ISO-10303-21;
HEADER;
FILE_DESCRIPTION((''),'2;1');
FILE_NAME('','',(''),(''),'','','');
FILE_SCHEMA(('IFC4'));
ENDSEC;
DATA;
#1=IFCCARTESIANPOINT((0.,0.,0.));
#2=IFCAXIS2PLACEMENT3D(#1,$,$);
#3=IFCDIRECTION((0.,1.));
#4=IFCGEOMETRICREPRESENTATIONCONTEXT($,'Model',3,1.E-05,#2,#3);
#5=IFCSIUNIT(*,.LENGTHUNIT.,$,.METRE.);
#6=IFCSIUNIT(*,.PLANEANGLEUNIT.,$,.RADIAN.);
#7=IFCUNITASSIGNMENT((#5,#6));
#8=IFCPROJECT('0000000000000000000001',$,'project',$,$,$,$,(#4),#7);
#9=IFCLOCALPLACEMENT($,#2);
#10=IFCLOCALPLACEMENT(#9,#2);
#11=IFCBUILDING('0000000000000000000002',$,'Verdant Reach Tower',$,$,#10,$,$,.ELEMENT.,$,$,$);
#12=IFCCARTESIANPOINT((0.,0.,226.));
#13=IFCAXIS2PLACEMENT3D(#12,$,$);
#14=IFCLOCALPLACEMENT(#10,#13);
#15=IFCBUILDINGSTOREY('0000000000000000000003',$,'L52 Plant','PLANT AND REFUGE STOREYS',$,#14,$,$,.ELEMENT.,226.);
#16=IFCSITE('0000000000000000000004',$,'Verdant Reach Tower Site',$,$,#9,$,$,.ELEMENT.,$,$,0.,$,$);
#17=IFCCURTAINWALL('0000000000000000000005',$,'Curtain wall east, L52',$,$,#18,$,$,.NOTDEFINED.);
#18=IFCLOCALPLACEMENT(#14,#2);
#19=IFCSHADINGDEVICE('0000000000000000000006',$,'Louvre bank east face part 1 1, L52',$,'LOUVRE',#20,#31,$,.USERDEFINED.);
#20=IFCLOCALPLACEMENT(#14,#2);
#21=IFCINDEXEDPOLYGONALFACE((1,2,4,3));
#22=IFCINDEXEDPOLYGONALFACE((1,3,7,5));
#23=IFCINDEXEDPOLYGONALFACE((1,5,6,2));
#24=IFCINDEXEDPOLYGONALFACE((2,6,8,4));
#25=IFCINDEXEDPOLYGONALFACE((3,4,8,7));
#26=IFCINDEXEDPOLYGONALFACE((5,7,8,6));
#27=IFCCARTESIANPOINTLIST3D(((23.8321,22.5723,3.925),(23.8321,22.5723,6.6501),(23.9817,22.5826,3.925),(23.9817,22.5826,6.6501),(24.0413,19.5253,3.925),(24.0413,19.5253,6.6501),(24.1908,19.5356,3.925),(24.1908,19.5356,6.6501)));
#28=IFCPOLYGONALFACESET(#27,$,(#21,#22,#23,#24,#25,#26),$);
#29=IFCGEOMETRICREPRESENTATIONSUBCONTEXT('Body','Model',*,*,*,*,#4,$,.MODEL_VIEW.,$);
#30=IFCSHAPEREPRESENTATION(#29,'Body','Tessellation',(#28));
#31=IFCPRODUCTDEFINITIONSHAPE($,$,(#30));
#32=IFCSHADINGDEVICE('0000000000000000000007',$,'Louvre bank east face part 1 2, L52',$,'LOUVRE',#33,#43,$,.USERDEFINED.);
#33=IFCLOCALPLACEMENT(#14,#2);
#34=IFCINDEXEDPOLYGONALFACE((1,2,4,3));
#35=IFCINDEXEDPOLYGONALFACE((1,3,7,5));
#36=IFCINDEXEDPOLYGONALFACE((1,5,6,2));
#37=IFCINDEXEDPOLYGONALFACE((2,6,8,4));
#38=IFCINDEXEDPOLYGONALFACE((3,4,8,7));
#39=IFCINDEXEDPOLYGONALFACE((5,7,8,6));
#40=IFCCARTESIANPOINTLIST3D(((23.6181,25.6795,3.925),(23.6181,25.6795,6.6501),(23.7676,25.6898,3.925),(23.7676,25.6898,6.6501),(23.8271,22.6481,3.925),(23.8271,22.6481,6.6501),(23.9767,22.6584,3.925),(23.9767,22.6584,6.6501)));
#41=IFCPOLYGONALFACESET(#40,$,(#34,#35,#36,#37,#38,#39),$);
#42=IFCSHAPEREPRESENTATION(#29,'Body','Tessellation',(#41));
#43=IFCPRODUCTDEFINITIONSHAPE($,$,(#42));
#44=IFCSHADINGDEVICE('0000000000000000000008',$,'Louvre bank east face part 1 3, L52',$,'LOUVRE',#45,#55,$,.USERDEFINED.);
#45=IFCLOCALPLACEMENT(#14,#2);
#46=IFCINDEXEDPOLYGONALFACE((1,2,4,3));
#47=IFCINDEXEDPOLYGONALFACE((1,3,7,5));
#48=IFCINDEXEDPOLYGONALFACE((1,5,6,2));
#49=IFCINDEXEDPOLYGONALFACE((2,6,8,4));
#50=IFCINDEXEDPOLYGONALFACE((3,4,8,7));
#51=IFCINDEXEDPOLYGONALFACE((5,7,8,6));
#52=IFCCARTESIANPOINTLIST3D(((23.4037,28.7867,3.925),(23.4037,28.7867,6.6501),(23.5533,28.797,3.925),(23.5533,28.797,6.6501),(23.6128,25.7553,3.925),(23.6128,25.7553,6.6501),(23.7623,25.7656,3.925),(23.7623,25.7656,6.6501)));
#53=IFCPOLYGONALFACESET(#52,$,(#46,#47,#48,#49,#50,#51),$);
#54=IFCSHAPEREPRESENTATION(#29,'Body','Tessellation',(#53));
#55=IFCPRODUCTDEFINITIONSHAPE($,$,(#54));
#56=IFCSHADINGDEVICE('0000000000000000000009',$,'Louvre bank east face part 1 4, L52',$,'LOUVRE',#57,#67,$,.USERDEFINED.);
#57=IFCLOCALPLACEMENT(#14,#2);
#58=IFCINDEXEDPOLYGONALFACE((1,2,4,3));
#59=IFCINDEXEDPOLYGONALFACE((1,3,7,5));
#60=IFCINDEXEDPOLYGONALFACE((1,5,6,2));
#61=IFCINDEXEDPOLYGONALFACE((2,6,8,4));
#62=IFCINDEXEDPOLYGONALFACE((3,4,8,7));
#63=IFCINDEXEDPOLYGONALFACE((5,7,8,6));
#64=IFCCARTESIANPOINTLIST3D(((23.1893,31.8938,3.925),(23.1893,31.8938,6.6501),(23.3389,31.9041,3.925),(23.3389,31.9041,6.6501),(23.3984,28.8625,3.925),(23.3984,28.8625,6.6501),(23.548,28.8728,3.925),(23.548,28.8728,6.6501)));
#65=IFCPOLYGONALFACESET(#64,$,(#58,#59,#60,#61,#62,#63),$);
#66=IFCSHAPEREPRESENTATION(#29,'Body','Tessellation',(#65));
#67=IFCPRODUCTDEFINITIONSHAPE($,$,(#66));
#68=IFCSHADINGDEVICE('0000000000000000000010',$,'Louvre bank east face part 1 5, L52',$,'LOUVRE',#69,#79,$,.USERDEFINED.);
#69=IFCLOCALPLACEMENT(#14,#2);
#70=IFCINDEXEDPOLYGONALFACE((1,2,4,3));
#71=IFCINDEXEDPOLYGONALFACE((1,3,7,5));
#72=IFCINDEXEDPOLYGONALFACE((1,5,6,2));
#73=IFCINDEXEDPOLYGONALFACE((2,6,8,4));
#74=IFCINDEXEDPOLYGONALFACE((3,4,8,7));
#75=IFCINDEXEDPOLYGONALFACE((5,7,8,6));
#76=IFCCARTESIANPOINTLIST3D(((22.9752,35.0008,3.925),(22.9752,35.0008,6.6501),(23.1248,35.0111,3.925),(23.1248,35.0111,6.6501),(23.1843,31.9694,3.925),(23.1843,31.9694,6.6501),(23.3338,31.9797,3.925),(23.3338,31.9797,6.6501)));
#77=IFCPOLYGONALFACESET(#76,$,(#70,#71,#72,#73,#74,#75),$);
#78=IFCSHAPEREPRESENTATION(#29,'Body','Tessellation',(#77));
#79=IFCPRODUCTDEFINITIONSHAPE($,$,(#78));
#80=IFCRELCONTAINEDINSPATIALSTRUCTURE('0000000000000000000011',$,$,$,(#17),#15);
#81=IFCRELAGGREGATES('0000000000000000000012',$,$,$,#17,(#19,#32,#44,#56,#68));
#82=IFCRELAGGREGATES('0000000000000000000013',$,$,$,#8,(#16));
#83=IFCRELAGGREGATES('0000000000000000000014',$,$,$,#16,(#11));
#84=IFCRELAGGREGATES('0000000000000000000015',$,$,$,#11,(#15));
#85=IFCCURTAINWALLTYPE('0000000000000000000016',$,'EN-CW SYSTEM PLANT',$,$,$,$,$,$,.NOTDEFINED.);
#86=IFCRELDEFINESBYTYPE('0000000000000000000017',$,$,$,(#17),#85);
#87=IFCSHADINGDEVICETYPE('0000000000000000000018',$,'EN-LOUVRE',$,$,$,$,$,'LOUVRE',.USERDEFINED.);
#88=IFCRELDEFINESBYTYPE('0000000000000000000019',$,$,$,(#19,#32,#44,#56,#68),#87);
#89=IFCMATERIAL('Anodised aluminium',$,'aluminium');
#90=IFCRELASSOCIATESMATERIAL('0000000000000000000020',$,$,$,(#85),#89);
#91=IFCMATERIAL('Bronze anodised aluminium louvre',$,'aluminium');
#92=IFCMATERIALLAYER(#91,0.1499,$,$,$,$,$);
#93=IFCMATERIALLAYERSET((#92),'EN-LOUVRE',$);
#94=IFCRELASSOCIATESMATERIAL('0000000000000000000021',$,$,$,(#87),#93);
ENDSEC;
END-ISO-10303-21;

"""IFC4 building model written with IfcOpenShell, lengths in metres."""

from ifc_helpers import new_model, si_unit, direction, frame, origin, origin_2d, place, context, subcontext, project, spatial, rectangle, extrude, material, layer, layer_set, type_object, element, aggregate, save


model = new_model("IFC4")

# Units and contexts
model_context = context("Model", 3, precision=1e-05, world=origin(), true_north=direction((0.0, 1.0)))
body_context = subcontext(model_context, "Body", "Model", "MODEL_VIEW")
ifc_project = project(units=[si_unit("LENGTHUNIT", "METRE"), si_unit("PLANEANGLEUNIT", "RADIAN")], contexts=[model_context])

# Site, building, storey
site_placement = place(None, origin())
site = spatial("IfcSite", under=ifc_project, at=site_placement, Name="Verdant Reach Tower Site", CompositionType="ELEMENT", RefElevation=0.0)
building_placement = place(site_placement, origin())
building = spatial("IfcBuilding", under=site, at=building_placement, Name="Verdant Reach Tower", CompositionType="ELEMENT")
storey_placement = place(building_placement, frame((0.0, 0.0, 226.0)))
storey = spatial("IfcBuildingStorey", under=building, at=storey_placement, Name="L52 Plant", Description="PLANT AND REFUGE STOREYS", CompositionType="ELEMENT", Elevation=226.0)

# Curtain wall
ifc_material_1 = material(Name="Anodised aluminium", Category="aluminium")
curtain_wall_type = type_object("IfcCurtainWallType", Name="EN-CW SYSTEM PLANT", PredefinedType="NOTDEFINED", material=ifc_material_1)
curtain_wall_placement = place(storey_placement, origin())
curtain_wall = element("IfcCurtainWall", 1, at=curtain_wall_placement, inside=storey, type_object=curtain_wall_type, Name="Curtain wall east, L52", PredefinedType="NOTDEFINED")

# Shading devices
ifc_material_2 = material(Name="Bronze anodised aluminium louvre", Category="aluminium")
ifc_layer_1 = layer(ifc_material_2, 0.1499)
ifc_layer_set_1 = layer_set([ifc_layer_1], Name="EN-LOUVRE")
shading_device_type = type_object("IfcShadingDeviceType", Name="EN-LOUVRE", ElementType="LOUVRE", PredefinedType="USERDEFINED", material=ifc_layer_set_1)
shading_device_1_placement = place(storey_placement, frame((24.0115, 21.054, 3.925), z_axis=(0.0, 0.0, 1.0), x_axis=(-0.068469, 0.997653, 0.0)))
shading_device_1 = element("IfcShadingDevice", 2, at=shading_device_1_placement, type_object=shading_device_type, Name="Louvre bank east face part 1 1, L52", ObjectType="LOUVRE", PredefinedType="USERDEFINED", context=body_context, shape_type="SweptSolid", body=[
    extrude(rectangle(XDim=3.0542, YDim=0.1499, at=origin_2d()), origin(), (0.0, 0.0, 1.0), 2.7251),
])
shading_device_2_placement = place(storey_placement, frame((23.7974, 24.1689, 3.925), z_axis=(0.0, 0.0, 1.0), x_axis=(-0.068802, 0.99763, 0.0)))
shading_device_2 = element("IfcShadingDevice", 3, at=shading_device_2_placement, type_object=shading_device_type, Name="Louvre bank east face part 1 2, L52", ObjectType="LOUVRE", PredefinedType="USERDEFINED", context=body_context, shape_type="SweptSolid", body=[
    extrude(rectangle(XDim=3.0386, YDim=0.1499, at=origin_2d()), origin(), (0.0, 0.0, 1.0), 2.7251),
])
shading_device_3_placement = place(storey_placement, frame((23.583, 27.2761, 3.925), z_axis=(0.0, 0.0, 1.0), x_axis=(-0.068802, 0.99763, 0.0)))
shading_device_3 = element("IfcShadingDevice", 4, at=shading_device_3_placement, type_object=shading_device_type, Name="Louvre bank east face part 1 3, L52", ObjectType="LOUVRE", PredefinedType="USERDEFINED", context=body_context, shape_type="SweptSolid", body=[
    extrude(rectangle(XDim=3.0386, YDim=0.1499, at=origin_2d()), origin(), (0.0, 0.0, 1.0), 2.7251),
])
shading_device_4_placement = place(storey_placement, frame((23.3687, 30.3833, 3.925), z_axis=(0.0, 0.0, 1.0), x_axis=(-0.068802, 0.99763, 0.0)))
shading_device_4 = element("IfcShadingDevice", 5, at=shading_device_4_placement, type_object=shading_device_type, Name="Louvre bank east face part 1 4, L52", ObjectType="LOUVRE", PredefinedType="USERDEFINED", context=body_context, shape_type="SweptSolid", body=[
    extrude(rectangle(XDim=3.0386, YDim=0.1499, at=origin_2d()), origin(), (0.0, 0.0, 1.0), 2.7251),
])
shading_device_5_placement = place(storey_placement, frame((23.1545, 33.4902, 3.925), z_axis=(0.0, 0.0, 1.0), x_axis=(-0.068802, 0.99763, 0.0)))
shading_device_5 = element("IfcShadingDevice", 6, at=shading_device_5_placement, type_object=shading_device_type, Name="Louvre bank east face part 1 5, L52", ObjectType="LOUVRE", PredefinedType="USERDEFINED", context=body_context, shape_type="SweptSolid", body=[
    extrude(rectangle(XDim=3.0386, YDim=0.1499, at=origin_2d()), origin(), (0.0, 0.0, 1.0), 2.7251),
])
aggregate(curtain_wall, [shading_device_1, shading_device_2, shading_device_3, shading_device_4, shading_device_5])

save(model, "model.ifc")
